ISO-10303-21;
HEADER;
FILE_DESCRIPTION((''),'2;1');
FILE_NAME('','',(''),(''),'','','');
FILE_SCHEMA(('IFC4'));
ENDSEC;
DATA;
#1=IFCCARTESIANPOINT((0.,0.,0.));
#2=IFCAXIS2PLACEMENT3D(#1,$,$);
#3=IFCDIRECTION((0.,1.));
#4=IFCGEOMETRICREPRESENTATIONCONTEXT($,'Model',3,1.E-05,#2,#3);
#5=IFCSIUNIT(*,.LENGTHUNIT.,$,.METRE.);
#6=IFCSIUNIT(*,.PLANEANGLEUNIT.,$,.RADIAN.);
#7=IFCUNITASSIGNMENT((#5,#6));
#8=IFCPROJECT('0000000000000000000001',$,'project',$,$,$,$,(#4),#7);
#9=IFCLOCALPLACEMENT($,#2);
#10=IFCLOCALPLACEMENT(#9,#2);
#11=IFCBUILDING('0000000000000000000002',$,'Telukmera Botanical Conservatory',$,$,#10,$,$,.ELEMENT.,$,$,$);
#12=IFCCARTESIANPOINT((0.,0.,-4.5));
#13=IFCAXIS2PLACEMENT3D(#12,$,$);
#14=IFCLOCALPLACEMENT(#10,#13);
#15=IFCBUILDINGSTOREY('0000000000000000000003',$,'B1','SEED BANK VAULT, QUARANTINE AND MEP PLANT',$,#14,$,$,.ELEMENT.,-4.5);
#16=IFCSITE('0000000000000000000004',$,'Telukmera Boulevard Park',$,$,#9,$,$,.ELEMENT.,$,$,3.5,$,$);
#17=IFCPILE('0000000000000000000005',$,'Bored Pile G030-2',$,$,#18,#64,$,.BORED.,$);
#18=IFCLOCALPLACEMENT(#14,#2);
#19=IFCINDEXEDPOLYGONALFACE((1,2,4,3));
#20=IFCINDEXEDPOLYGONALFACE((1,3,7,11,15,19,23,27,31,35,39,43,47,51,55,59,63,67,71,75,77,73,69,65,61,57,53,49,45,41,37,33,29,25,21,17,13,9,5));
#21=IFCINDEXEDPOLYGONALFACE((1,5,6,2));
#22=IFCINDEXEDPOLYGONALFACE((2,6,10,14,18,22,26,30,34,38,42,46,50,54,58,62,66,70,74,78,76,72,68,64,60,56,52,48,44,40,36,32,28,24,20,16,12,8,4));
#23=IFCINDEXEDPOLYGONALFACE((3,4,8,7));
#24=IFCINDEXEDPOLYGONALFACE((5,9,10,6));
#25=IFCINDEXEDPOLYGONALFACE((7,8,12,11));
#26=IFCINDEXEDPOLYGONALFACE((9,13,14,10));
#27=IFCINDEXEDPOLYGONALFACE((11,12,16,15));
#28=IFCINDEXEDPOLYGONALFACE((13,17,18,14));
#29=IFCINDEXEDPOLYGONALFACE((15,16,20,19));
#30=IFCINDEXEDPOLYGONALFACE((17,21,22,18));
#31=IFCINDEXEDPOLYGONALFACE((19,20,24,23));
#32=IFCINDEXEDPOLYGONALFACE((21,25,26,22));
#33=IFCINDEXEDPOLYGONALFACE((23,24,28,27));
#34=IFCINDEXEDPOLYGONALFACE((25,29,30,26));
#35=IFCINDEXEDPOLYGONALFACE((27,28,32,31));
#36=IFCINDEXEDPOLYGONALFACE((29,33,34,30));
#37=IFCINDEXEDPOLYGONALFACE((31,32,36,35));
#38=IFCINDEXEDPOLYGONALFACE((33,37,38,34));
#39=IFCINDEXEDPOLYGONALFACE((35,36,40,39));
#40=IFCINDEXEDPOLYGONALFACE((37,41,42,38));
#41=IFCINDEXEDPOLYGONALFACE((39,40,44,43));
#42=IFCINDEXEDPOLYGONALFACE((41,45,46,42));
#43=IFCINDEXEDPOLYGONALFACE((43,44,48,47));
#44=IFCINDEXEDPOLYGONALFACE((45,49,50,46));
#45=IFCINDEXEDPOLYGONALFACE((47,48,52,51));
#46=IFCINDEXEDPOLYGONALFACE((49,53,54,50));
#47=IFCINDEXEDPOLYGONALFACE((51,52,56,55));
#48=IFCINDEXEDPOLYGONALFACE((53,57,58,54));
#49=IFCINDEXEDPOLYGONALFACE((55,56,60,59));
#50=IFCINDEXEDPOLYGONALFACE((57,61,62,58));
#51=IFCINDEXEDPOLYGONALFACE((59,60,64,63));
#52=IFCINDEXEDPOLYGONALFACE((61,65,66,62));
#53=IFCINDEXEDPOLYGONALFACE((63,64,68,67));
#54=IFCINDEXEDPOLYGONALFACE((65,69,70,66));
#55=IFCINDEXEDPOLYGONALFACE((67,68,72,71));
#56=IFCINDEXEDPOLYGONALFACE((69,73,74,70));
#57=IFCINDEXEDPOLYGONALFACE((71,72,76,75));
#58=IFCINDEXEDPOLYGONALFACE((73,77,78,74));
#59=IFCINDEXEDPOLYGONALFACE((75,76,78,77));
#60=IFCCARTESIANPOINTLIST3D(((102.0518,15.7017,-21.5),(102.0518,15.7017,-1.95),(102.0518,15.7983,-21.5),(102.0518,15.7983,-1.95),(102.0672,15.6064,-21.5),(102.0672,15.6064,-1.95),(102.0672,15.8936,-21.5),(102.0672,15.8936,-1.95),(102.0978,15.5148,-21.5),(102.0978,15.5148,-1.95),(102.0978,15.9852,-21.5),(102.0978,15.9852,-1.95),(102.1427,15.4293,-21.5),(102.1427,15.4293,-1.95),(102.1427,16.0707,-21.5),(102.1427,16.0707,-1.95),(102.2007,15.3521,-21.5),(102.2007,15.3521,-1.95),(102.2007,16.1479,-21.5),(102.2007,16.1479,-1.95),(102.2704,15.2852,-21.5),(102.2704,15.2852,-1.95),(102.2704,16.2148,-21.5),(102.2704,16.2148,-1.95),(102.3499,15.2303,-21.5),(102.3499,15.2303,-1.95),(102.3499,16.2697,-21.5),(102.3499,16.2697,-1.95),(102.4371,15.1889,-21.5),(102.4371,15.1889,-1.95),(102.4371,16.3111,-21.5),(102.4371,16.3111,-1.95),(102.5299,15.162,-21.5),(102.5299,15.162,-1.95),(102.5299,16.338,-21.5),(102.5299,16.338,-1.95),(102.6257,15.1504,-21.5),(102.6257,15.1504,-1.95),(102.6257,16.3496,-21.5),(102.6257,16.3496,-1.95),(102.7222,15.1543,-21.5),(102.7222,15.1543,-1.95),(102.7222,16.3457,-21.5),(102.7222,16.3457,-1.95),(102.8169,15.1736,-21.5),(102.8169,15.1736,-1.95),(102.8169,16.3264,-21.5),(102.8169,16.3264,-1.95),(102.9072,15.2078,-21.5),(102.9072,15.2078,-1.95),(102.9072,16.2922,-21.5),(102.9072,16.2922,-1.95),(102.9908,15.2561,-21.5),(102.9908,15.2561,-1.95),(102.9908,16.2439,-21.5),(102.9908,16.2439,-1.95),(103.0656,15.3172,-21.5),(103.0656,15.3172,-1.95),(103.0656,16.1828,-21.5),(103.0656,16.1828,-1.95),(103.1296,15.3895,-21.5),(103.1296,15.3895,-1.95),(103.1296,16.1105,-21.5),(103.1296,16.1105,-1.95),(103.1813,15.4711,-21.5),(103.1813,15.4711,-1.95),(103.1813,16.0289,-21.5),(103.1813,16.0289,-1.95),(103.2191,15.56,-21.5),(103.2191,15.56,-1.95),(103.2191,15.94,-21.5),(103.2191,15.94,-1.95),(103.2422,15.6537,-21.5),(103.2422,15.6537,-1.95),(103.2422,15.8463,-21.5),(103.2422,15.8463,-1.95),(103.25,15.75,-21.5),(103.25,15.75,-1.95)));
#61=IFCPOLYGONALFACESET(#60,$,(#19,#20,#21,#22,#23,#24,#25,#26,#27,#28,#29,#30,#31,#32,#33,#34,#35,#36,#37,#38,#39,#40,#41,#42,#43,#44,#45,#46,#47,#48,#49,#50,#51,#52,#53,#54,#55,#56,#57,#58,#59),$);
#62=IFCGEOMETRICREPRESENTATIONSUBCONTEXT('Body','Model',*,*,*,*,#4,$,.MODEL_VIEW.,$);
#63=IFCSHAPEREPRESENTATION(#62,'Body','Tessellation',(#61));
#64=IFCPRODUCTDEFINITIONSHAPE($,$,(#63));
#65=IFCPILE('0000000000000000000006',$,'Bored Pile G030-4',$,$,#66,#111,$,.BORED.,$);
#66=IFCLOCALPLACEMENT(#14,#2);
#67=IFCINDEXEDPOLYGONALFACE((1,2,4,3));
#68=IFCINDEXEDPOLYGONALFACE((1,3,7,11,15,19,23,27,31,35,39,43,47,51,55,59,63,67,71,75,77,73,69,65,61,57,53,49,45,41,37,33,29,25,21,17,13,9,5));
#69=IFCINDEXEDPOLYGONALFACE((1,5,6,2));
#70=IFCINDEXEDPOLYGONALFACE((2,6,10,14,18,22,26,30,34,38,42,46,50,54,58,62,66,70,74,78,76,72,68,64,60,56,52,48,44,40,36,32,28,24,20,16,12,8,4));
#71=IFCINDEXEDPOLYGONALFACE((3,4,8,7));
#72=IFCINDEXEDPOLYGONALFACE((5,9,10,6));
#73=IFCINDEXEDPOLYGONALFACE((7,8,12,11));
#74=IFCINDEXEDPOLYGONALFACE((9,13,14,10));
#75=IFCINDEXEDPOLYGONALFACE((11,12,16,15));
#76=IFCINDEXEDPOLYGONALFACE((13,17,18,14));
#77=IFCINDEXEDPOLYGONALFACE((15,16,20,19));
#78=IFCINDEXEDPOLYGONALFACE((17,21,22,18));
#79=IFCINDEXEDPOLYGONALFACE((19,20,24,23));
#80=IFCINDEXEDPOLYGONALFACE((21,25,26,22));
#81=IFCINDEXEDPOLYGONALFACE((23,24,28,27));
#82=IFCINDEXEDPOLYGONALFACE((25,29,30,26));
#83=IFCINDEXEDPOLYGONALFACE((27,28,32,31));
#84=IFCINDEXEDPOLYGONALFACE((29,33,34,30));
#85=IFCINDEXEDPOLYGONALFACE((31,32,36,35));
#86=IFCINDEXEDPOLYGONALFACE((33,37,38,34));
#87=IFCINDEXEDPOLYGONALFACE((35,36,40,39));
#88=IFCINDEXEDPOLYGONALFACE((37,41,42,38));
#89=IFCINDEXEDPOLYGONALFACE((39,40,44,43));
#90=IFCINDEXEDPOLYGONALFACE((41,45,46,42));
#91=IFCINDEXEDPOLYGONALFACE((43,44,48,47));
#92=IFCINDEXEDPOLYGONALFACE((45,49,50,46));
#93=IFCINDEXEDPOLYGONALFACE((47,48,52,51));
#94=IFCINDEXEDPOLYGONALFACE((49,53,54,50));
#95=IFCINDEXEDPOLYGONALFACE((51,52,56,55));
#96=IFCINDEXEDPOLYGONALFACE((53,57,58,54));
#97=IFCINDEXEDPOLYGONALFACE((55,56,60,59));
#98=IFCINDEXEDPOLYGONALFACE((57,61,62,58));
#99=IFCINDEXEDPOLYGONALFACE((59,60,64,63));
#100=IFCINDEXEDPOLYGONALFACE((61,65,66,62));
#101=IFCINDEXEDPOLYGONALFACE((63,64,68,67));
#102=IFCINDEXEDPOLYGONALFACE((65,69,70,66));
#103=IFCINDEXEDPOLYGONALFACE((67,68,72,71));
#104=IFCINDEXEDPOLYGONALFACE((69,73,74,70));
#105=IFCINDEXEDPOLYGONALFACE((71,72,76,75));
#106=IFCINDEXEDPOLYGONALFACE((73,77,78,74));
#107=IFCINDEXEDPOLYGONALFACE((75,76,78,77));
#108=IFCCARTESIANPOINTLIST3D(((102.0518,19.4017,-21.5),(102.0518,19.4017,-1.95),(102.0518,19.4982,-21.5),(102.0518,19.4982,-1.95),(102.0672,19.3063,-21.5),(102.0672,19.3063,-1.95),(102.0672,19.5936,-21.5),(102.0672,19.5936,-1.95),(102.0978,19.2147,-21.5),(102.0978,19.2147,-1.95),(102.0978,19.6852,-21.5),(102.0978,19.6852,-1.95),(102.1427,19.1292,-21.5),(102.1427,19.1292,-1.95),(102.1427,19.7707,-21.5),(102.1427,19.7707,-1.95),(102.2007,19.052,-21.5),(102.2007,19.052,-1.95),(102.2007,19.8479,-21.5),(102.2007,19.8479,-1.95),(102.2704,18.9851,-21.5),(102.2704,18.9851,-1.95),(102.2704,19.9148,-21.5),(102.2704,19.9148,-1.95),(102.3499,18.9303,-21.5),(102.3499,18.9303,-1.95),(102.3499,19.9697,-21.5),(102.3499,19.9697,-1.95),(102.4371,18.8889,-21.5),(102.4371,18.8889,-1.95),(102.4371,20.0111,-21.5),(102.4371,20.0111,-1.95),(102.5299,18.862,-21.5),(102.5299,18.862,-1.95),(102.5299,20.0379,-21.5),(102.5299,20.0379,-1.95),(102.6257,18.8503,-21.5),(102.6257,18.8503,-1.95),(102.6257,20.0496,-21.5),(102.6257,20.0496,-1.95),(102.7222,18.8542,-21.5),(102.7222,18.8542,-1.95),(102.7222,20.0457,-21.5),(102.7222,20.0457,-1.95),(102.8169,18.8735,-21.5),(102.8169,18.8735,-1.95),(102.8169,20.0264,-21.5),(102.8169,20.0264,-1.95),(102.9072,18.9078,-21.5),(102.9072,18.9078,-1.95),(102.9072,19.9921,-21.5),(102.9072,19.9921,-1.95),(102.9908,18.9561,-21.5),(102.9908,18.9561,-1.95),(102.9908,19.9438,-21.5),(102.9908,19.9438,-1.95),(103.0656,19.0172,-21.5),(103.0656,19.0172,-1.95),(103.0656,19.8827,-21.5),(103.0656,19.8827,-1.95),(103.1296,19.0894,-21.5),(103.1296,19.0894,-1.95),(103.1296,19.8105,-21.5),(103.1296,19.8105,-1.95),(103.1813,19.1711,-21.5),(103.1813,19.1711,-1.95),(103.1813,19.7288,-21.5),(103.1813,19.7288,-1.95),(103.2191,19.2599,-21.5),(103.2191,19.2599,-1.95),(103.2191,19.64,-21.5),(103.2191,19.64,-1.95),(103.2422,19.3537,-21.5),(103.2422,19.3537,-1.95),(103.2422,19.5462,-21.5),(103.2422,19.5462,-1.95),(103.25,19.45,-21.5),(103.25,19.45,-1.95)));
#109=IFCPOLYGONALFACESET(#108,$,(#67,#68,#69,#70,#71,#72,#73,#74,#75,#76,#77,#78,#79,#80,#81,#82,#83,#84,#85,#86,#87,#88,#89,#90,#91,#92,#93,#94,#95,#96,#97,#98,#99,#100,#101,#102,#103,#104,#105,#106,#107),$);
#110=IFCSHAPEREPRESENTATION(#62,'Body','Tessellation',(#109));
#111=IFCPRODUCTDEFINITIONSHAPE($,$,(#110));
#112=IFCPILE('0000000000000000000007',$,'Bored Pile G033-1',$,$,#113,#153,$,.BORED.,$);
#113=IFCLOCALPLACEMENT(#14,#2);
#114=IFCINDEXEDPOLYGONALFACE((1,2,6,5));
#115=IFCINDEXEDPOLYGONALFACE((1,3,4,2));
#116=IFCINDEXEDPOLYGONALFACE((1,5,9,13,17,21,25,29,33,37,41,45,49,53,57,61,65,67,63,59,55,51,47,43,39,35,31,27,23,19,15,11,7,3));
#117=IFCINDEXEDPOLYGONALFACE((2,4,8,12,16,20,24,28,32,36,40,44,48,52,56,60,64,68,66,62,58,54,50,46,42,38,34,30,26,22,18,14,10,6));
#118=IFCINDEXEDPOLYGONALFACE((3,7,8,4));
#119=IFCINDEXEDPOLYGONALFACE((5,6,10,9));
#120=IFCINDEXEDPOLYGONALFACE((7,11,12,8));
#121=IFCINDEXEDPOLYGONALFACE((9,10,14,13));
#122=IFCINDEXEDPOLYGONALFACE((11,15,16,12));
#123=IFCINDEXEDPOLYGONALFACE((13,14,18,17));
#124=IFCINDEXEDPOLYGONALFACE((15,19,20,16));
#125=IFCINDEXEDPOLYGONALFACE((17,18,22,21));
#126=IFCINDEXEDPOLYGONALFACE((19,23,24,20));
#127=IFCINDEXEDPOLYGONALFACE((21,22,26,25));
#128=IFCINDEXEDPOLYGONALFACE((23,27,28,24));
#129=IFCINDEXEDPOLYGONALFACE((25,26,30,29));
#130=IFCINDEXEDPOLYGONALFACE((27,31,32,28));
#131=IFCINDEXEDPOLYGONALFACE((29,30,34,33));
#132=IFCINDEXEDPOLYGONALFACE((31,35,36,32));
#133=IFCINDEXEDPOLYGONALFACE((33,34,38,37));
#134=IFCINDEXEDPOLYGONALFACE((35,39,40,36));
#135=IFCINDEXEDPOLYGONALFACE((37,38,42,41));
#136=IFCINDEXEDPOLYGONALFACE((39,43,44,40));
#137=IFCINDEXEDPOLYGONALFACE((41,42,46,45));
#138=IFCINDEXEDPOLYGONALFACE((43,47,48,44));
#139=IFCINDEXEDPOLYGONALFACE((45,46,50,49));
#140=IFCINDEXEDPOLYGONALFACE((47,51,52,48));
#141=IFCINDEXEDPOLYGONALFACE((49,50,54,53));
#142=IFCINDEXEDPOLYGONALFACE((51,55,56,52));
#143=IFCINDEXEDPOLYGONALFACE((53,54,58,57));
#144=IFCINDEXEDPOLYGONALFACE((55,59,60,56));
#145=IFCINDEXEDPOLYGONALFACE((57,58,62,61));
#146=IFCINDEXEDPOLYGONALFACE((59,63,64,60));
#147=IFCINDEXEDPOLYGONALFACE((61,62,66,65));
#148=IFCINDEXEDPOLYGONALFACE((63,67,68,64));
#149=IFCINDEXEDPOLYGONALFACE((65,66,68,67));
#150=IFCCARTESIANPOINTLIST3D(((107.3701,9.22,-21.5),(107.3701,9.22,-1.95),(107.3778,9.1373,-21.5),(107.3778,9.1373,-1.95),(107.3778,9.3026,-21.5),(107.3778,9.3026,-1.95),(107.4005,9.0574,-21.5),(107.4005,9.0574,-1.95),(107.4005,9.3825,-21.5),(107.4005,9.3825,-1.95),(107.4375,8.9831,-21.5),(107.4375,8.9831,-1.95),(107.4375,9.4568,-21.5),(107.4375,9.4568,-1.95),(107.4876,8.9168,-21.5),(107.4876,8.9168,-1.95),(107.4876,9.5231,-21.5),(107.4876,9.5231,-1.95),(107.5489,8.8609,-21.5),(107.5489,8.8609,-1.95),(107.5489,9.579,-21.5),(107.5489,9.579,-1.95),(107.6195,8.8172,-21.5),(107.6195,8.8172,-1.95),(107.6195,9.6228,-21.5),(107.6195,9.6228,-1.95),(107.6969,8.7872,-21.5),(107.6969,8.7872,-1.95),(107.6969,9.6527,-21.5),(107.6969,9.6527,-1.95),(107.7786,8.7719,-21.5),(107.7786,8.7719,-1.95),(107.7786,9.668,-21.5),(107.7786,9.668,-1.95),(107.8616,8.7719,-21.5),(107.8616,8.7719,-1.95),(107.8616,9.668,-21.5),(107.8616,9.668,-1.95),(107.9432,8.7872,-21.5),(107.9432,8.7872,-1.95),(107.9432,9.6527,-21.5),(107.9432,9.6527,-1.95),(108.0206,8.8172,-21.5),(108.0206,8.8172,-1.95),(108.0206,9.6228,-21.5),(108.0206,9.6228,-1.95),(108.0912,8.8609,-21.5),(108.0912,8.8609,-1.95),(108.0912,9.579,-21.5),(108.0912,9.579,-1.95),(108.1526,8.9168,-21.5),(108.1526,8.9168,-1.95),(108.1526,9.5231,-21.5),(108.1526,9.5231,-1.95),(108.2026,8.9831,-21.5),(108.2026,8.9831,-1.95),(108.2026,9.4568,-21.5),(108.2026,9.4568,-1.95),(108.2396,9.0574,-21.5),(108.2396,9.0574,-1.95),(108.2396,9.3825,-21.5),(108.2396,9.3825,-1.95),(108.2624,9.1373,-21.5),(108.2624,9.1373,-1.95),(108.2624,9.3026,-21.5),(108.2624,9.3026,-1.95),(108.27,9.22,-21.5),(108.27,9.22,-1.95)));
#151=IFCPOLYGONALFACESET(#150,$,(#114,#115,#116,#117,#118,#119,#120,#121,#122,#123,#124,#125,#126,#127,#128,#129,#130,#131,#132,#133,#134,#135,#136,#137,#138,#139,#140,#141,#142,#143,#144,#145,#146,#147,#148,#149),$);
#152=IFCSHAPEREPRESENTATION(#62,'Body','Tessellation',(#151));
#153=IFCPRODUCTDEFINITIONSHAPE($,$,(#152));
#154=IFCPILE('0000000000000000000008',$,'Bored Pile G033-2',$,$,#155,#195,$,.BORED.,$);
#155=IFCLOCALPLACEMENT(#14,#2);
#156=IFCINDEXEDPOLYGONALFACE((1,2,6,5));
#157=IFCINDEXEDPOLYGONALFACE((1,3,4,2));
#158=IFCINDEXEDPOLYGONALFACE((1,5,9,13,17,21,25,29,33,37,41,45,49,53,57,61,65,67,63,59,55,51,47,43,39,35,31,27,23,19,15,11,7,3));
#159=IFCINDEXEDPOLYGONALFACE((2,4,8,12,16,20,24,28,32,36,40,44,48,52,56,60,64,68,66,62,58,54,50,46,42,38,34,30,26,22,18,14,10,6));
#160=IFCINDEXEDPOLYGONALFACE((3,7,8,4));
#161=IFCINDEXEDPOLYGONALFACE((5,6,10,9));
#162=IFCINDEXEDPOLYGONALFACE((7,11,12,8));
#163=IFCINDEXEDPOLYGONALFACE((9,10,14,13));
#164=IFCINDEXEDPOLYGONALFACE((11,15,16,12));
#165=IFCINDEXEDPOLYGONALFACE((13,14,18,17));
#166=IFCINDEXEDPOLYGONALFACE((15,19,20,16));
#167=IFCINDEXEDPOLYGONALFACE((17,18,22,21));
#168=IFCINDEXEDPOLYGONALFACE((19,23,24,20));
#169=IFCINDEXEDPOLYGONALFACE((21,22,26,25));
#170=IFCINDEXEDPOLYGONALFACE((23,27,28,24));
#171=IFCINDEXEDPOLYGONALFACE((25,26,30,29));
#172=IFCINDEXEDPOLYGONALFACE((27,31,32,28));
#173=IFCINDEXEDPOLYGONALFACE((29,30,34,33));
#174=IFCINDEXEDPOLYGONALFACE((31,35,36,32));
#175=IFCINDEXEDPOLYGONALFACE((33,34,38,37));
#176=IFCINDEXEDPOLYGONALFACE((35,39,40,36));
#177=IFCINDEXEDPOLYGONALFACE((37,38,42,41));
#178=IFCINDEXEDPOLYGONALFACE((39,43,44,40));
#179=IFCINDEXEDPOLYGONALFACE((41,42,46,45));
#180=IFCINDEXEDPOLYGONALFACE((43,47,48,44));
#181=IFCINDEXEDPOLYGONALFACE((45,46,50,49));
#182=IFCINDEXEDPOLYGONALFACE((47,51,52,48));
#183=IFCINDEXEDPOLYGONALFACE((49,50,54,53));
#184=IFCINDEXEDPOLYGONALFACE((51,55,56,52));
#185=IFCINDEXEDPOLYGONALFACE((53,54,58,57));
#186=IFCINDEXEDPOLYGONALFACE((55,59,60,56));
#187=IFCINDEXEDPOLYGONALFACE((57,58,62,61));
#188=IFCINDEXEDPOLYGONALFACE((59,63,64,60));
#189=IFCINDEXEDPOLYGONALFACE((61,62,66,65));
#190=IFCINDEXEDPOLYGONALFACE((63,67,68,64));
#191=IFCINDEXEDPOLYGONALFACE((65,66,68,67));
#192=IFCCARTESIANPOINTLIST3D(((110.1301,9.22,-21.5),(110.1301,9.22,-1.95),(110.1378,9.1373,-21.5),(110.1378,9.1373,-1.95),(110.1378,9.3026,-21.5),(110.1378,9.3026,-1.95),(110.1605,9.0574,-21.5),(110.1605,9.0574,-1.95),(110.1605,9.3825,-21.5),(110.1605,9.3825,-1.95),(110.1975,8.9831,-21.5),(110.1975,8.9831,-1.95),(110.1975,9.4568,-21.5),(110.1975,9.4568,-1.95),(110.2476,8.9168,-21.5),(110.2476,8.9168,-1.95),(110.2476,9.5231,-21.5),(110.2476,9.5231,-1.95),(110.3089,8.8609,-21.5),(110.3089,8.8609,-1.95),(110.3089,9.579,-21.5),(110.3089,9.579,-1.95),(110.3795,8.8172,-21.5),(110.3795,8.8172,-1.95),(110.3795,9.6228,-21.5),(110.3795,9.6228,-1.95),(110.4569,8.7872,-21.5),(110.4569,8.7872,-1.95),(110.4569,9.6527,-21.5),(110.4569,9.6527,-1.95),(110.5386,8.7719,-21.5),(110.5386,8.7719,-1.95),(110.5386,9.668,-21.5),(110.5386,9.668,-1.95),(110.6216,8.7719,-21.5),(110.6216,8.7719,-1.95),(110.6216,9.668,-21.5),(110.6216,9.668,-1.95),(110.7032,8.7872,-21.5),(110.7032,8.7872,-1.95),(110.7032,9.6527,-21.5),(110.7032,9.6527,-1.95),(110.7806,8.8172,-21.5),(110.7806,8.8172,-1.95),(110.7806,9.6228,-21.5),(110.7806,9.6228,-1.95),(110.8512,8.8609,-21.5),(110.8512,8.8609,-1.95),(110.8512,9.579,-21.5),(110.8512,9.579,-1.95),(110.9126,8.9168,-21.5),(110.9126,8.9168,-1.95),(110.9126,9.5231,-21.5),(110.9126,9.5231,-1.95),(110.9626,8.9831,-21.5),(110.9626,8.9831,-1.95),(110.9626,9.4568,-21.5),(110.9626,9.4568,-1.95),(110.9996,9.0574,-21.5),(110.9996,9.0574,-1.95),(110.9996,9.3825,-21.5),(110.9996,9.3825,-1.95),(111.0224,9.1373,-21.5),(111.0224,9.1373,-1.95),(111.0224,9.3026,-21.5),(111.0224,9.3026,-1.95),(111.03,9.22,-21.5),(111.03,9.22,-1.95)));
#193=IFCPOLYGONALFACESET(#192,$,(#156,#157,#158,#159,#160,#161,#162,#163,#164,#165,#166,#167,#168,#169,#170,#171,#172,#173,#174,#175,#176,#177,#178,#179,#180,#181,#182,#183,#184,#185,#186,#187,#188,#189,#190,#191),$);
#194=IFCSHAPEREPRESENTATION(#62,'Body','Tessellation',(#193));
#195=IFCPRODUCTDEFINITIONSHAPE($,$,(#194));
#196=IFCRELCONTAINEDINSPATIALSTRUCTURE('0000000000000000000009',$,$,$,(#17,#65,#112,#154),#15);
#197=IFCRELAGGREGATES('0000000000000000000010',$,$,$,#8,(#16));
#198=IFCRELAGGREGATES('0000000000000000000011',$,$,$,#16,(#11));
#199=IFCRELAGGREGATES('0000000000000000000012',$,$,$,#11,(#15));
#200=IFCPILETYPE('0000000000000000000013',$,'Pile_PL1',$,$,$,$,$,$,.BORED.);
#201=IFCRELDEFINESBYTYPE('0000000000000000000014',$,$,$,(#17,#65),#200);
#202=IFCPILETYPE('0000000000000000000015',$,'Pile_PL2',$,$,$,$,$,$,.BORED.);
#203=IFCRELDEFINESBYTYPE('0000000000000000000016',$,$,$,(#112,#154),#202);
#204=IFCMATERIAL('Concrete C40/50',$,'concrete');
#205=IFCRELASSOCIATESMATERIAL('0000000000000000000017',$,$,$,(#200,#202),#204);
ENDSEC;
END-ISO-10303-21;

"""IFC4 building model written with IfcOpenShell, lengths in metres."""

from ifc_helpers import new_model, si_unit, direction, frame, origin, origin_2d, place, context, subcontext, project, spatial, circle, extrude, material, material_profile, profile_set, type_object, element, save


model = new_model("IFC4")

# Units and contexts
model_context = context("Model", 3, precision=1e-05, world=origin(), true_north=direction((0.0, 1.0)))
body_context = subcontext(model_context, "Body", "Model", "MODEL_VIEW")
ifc_project = project(units=[si_unit("LENGTHUNIT", "METRE"), si_unit("PLANEANGLEUNIT", "RADIAN")], contexts=[model_context])

# Site, building, storey
site_placement = place(None, origin())
site = spatial("IfcSite", under=ifc_project, at=site_placement, Name="Telukmera Boulevard Park", CompositionType="ELEMENT", RefElevation=3.5)
building_placement = place(site_placement, origin())
building = spatial("IfcBuilding", under=site, at=building_placement, Name="Telukmera Botanical Conservatory", CompositionType="ELEMENT")
storey_placement = place(building_placement, frame((0.0, 0.0, -4.5)))
storey = spatial("IfcBuildingStorey", under=building, at=storey_placement, Name="B1", Description="SEED BANK VAULT, QUARANTINE AND MEP PLANT", CompositionType="ELEMENT", Elevation=-4.5)

# Shared definitions
ifc_material_1 = material(Name="Concrete C40/50", Category="concrete")

# Piles
ifc_material_profile_1 = material_profile(ifc_material_1, circle(Radius=0.6001, at=origin_2d()), Name="PILE D1200")
ifc_profile_set_1 = profile_set([ifc_material_profile_1], Name="Concrete C40/50")
pile_type_1 = type_object("IfcPileType", Name="Pile_PL1", PredefinedType="BORED", material=ifc_profile_set_1)
for number, where, z_axis, x_axis, name in (
    (1, (102.6499, 15.75, -1.95), (0.0, 0.0, -1.0), (1.0, 0.0, 0.0), "Bored Pile G030-2"),
    (2, (102.6499, 19.45, -1.95), (0.0, 0.0, -1.0), (1.0, 0.0, 0.0), "Bored Pile G030-4"),
):
    element("IfcPile", number, at=place(storey_placement, frame(where, z_axis=z_axis, x_axis=x_axis)), inside=storey, type_object=pile_type_1, Name=name, PredefinedType="BORED", context=body_context, shape_type="SweptSolid", body=[
        extrude(circle(Radius=0.6001, at=origin_2d()), origin(), (0.0, 0.0, 1.0), 19.55),
    ])
ifc_material_profile_2 = material_profile(ifc_material_1, circle(Radius=0.45, at=origin_2d()), Name="PILE D900")
ifc_profile_set_2 = profile_set([ifc_material_profile_2], Name="Concrete C40/50")
pile_type_2 = type_object("IfcPileType", Name="Pile_PL2", PredefinedType="BORED", material=ifc_profile_set_2)
for number, where, z_axis, x_axis, name in (
    (3, (107.8201, 9.22, -1.95), (0.0, 0.0, -1.0), (1.0, 0.0, 0.0), "Bored Pile G033-1"),
    (4, (110.5801, 9.22, -1.95), (0.0, 0.0, -1.0), (1.0, 0.0, 0.0), "Bored Pile G033-2"),
):
    element("IfcPile", number, at=place(storey_placement, frame(where, z_axis=z_axis, x_axis=x_axis)), inside=storey, type_object=pile_type_2, Name=name, PredefinedType="BORED", context=body_context, shape_type="SweptSolid", body=[
        extrude(circle(Radius=0.45, at=origin_2d()), origin(), (0.0, 0.0, 1.0), 19.55),
    ])

save(model, "model.ifc")
